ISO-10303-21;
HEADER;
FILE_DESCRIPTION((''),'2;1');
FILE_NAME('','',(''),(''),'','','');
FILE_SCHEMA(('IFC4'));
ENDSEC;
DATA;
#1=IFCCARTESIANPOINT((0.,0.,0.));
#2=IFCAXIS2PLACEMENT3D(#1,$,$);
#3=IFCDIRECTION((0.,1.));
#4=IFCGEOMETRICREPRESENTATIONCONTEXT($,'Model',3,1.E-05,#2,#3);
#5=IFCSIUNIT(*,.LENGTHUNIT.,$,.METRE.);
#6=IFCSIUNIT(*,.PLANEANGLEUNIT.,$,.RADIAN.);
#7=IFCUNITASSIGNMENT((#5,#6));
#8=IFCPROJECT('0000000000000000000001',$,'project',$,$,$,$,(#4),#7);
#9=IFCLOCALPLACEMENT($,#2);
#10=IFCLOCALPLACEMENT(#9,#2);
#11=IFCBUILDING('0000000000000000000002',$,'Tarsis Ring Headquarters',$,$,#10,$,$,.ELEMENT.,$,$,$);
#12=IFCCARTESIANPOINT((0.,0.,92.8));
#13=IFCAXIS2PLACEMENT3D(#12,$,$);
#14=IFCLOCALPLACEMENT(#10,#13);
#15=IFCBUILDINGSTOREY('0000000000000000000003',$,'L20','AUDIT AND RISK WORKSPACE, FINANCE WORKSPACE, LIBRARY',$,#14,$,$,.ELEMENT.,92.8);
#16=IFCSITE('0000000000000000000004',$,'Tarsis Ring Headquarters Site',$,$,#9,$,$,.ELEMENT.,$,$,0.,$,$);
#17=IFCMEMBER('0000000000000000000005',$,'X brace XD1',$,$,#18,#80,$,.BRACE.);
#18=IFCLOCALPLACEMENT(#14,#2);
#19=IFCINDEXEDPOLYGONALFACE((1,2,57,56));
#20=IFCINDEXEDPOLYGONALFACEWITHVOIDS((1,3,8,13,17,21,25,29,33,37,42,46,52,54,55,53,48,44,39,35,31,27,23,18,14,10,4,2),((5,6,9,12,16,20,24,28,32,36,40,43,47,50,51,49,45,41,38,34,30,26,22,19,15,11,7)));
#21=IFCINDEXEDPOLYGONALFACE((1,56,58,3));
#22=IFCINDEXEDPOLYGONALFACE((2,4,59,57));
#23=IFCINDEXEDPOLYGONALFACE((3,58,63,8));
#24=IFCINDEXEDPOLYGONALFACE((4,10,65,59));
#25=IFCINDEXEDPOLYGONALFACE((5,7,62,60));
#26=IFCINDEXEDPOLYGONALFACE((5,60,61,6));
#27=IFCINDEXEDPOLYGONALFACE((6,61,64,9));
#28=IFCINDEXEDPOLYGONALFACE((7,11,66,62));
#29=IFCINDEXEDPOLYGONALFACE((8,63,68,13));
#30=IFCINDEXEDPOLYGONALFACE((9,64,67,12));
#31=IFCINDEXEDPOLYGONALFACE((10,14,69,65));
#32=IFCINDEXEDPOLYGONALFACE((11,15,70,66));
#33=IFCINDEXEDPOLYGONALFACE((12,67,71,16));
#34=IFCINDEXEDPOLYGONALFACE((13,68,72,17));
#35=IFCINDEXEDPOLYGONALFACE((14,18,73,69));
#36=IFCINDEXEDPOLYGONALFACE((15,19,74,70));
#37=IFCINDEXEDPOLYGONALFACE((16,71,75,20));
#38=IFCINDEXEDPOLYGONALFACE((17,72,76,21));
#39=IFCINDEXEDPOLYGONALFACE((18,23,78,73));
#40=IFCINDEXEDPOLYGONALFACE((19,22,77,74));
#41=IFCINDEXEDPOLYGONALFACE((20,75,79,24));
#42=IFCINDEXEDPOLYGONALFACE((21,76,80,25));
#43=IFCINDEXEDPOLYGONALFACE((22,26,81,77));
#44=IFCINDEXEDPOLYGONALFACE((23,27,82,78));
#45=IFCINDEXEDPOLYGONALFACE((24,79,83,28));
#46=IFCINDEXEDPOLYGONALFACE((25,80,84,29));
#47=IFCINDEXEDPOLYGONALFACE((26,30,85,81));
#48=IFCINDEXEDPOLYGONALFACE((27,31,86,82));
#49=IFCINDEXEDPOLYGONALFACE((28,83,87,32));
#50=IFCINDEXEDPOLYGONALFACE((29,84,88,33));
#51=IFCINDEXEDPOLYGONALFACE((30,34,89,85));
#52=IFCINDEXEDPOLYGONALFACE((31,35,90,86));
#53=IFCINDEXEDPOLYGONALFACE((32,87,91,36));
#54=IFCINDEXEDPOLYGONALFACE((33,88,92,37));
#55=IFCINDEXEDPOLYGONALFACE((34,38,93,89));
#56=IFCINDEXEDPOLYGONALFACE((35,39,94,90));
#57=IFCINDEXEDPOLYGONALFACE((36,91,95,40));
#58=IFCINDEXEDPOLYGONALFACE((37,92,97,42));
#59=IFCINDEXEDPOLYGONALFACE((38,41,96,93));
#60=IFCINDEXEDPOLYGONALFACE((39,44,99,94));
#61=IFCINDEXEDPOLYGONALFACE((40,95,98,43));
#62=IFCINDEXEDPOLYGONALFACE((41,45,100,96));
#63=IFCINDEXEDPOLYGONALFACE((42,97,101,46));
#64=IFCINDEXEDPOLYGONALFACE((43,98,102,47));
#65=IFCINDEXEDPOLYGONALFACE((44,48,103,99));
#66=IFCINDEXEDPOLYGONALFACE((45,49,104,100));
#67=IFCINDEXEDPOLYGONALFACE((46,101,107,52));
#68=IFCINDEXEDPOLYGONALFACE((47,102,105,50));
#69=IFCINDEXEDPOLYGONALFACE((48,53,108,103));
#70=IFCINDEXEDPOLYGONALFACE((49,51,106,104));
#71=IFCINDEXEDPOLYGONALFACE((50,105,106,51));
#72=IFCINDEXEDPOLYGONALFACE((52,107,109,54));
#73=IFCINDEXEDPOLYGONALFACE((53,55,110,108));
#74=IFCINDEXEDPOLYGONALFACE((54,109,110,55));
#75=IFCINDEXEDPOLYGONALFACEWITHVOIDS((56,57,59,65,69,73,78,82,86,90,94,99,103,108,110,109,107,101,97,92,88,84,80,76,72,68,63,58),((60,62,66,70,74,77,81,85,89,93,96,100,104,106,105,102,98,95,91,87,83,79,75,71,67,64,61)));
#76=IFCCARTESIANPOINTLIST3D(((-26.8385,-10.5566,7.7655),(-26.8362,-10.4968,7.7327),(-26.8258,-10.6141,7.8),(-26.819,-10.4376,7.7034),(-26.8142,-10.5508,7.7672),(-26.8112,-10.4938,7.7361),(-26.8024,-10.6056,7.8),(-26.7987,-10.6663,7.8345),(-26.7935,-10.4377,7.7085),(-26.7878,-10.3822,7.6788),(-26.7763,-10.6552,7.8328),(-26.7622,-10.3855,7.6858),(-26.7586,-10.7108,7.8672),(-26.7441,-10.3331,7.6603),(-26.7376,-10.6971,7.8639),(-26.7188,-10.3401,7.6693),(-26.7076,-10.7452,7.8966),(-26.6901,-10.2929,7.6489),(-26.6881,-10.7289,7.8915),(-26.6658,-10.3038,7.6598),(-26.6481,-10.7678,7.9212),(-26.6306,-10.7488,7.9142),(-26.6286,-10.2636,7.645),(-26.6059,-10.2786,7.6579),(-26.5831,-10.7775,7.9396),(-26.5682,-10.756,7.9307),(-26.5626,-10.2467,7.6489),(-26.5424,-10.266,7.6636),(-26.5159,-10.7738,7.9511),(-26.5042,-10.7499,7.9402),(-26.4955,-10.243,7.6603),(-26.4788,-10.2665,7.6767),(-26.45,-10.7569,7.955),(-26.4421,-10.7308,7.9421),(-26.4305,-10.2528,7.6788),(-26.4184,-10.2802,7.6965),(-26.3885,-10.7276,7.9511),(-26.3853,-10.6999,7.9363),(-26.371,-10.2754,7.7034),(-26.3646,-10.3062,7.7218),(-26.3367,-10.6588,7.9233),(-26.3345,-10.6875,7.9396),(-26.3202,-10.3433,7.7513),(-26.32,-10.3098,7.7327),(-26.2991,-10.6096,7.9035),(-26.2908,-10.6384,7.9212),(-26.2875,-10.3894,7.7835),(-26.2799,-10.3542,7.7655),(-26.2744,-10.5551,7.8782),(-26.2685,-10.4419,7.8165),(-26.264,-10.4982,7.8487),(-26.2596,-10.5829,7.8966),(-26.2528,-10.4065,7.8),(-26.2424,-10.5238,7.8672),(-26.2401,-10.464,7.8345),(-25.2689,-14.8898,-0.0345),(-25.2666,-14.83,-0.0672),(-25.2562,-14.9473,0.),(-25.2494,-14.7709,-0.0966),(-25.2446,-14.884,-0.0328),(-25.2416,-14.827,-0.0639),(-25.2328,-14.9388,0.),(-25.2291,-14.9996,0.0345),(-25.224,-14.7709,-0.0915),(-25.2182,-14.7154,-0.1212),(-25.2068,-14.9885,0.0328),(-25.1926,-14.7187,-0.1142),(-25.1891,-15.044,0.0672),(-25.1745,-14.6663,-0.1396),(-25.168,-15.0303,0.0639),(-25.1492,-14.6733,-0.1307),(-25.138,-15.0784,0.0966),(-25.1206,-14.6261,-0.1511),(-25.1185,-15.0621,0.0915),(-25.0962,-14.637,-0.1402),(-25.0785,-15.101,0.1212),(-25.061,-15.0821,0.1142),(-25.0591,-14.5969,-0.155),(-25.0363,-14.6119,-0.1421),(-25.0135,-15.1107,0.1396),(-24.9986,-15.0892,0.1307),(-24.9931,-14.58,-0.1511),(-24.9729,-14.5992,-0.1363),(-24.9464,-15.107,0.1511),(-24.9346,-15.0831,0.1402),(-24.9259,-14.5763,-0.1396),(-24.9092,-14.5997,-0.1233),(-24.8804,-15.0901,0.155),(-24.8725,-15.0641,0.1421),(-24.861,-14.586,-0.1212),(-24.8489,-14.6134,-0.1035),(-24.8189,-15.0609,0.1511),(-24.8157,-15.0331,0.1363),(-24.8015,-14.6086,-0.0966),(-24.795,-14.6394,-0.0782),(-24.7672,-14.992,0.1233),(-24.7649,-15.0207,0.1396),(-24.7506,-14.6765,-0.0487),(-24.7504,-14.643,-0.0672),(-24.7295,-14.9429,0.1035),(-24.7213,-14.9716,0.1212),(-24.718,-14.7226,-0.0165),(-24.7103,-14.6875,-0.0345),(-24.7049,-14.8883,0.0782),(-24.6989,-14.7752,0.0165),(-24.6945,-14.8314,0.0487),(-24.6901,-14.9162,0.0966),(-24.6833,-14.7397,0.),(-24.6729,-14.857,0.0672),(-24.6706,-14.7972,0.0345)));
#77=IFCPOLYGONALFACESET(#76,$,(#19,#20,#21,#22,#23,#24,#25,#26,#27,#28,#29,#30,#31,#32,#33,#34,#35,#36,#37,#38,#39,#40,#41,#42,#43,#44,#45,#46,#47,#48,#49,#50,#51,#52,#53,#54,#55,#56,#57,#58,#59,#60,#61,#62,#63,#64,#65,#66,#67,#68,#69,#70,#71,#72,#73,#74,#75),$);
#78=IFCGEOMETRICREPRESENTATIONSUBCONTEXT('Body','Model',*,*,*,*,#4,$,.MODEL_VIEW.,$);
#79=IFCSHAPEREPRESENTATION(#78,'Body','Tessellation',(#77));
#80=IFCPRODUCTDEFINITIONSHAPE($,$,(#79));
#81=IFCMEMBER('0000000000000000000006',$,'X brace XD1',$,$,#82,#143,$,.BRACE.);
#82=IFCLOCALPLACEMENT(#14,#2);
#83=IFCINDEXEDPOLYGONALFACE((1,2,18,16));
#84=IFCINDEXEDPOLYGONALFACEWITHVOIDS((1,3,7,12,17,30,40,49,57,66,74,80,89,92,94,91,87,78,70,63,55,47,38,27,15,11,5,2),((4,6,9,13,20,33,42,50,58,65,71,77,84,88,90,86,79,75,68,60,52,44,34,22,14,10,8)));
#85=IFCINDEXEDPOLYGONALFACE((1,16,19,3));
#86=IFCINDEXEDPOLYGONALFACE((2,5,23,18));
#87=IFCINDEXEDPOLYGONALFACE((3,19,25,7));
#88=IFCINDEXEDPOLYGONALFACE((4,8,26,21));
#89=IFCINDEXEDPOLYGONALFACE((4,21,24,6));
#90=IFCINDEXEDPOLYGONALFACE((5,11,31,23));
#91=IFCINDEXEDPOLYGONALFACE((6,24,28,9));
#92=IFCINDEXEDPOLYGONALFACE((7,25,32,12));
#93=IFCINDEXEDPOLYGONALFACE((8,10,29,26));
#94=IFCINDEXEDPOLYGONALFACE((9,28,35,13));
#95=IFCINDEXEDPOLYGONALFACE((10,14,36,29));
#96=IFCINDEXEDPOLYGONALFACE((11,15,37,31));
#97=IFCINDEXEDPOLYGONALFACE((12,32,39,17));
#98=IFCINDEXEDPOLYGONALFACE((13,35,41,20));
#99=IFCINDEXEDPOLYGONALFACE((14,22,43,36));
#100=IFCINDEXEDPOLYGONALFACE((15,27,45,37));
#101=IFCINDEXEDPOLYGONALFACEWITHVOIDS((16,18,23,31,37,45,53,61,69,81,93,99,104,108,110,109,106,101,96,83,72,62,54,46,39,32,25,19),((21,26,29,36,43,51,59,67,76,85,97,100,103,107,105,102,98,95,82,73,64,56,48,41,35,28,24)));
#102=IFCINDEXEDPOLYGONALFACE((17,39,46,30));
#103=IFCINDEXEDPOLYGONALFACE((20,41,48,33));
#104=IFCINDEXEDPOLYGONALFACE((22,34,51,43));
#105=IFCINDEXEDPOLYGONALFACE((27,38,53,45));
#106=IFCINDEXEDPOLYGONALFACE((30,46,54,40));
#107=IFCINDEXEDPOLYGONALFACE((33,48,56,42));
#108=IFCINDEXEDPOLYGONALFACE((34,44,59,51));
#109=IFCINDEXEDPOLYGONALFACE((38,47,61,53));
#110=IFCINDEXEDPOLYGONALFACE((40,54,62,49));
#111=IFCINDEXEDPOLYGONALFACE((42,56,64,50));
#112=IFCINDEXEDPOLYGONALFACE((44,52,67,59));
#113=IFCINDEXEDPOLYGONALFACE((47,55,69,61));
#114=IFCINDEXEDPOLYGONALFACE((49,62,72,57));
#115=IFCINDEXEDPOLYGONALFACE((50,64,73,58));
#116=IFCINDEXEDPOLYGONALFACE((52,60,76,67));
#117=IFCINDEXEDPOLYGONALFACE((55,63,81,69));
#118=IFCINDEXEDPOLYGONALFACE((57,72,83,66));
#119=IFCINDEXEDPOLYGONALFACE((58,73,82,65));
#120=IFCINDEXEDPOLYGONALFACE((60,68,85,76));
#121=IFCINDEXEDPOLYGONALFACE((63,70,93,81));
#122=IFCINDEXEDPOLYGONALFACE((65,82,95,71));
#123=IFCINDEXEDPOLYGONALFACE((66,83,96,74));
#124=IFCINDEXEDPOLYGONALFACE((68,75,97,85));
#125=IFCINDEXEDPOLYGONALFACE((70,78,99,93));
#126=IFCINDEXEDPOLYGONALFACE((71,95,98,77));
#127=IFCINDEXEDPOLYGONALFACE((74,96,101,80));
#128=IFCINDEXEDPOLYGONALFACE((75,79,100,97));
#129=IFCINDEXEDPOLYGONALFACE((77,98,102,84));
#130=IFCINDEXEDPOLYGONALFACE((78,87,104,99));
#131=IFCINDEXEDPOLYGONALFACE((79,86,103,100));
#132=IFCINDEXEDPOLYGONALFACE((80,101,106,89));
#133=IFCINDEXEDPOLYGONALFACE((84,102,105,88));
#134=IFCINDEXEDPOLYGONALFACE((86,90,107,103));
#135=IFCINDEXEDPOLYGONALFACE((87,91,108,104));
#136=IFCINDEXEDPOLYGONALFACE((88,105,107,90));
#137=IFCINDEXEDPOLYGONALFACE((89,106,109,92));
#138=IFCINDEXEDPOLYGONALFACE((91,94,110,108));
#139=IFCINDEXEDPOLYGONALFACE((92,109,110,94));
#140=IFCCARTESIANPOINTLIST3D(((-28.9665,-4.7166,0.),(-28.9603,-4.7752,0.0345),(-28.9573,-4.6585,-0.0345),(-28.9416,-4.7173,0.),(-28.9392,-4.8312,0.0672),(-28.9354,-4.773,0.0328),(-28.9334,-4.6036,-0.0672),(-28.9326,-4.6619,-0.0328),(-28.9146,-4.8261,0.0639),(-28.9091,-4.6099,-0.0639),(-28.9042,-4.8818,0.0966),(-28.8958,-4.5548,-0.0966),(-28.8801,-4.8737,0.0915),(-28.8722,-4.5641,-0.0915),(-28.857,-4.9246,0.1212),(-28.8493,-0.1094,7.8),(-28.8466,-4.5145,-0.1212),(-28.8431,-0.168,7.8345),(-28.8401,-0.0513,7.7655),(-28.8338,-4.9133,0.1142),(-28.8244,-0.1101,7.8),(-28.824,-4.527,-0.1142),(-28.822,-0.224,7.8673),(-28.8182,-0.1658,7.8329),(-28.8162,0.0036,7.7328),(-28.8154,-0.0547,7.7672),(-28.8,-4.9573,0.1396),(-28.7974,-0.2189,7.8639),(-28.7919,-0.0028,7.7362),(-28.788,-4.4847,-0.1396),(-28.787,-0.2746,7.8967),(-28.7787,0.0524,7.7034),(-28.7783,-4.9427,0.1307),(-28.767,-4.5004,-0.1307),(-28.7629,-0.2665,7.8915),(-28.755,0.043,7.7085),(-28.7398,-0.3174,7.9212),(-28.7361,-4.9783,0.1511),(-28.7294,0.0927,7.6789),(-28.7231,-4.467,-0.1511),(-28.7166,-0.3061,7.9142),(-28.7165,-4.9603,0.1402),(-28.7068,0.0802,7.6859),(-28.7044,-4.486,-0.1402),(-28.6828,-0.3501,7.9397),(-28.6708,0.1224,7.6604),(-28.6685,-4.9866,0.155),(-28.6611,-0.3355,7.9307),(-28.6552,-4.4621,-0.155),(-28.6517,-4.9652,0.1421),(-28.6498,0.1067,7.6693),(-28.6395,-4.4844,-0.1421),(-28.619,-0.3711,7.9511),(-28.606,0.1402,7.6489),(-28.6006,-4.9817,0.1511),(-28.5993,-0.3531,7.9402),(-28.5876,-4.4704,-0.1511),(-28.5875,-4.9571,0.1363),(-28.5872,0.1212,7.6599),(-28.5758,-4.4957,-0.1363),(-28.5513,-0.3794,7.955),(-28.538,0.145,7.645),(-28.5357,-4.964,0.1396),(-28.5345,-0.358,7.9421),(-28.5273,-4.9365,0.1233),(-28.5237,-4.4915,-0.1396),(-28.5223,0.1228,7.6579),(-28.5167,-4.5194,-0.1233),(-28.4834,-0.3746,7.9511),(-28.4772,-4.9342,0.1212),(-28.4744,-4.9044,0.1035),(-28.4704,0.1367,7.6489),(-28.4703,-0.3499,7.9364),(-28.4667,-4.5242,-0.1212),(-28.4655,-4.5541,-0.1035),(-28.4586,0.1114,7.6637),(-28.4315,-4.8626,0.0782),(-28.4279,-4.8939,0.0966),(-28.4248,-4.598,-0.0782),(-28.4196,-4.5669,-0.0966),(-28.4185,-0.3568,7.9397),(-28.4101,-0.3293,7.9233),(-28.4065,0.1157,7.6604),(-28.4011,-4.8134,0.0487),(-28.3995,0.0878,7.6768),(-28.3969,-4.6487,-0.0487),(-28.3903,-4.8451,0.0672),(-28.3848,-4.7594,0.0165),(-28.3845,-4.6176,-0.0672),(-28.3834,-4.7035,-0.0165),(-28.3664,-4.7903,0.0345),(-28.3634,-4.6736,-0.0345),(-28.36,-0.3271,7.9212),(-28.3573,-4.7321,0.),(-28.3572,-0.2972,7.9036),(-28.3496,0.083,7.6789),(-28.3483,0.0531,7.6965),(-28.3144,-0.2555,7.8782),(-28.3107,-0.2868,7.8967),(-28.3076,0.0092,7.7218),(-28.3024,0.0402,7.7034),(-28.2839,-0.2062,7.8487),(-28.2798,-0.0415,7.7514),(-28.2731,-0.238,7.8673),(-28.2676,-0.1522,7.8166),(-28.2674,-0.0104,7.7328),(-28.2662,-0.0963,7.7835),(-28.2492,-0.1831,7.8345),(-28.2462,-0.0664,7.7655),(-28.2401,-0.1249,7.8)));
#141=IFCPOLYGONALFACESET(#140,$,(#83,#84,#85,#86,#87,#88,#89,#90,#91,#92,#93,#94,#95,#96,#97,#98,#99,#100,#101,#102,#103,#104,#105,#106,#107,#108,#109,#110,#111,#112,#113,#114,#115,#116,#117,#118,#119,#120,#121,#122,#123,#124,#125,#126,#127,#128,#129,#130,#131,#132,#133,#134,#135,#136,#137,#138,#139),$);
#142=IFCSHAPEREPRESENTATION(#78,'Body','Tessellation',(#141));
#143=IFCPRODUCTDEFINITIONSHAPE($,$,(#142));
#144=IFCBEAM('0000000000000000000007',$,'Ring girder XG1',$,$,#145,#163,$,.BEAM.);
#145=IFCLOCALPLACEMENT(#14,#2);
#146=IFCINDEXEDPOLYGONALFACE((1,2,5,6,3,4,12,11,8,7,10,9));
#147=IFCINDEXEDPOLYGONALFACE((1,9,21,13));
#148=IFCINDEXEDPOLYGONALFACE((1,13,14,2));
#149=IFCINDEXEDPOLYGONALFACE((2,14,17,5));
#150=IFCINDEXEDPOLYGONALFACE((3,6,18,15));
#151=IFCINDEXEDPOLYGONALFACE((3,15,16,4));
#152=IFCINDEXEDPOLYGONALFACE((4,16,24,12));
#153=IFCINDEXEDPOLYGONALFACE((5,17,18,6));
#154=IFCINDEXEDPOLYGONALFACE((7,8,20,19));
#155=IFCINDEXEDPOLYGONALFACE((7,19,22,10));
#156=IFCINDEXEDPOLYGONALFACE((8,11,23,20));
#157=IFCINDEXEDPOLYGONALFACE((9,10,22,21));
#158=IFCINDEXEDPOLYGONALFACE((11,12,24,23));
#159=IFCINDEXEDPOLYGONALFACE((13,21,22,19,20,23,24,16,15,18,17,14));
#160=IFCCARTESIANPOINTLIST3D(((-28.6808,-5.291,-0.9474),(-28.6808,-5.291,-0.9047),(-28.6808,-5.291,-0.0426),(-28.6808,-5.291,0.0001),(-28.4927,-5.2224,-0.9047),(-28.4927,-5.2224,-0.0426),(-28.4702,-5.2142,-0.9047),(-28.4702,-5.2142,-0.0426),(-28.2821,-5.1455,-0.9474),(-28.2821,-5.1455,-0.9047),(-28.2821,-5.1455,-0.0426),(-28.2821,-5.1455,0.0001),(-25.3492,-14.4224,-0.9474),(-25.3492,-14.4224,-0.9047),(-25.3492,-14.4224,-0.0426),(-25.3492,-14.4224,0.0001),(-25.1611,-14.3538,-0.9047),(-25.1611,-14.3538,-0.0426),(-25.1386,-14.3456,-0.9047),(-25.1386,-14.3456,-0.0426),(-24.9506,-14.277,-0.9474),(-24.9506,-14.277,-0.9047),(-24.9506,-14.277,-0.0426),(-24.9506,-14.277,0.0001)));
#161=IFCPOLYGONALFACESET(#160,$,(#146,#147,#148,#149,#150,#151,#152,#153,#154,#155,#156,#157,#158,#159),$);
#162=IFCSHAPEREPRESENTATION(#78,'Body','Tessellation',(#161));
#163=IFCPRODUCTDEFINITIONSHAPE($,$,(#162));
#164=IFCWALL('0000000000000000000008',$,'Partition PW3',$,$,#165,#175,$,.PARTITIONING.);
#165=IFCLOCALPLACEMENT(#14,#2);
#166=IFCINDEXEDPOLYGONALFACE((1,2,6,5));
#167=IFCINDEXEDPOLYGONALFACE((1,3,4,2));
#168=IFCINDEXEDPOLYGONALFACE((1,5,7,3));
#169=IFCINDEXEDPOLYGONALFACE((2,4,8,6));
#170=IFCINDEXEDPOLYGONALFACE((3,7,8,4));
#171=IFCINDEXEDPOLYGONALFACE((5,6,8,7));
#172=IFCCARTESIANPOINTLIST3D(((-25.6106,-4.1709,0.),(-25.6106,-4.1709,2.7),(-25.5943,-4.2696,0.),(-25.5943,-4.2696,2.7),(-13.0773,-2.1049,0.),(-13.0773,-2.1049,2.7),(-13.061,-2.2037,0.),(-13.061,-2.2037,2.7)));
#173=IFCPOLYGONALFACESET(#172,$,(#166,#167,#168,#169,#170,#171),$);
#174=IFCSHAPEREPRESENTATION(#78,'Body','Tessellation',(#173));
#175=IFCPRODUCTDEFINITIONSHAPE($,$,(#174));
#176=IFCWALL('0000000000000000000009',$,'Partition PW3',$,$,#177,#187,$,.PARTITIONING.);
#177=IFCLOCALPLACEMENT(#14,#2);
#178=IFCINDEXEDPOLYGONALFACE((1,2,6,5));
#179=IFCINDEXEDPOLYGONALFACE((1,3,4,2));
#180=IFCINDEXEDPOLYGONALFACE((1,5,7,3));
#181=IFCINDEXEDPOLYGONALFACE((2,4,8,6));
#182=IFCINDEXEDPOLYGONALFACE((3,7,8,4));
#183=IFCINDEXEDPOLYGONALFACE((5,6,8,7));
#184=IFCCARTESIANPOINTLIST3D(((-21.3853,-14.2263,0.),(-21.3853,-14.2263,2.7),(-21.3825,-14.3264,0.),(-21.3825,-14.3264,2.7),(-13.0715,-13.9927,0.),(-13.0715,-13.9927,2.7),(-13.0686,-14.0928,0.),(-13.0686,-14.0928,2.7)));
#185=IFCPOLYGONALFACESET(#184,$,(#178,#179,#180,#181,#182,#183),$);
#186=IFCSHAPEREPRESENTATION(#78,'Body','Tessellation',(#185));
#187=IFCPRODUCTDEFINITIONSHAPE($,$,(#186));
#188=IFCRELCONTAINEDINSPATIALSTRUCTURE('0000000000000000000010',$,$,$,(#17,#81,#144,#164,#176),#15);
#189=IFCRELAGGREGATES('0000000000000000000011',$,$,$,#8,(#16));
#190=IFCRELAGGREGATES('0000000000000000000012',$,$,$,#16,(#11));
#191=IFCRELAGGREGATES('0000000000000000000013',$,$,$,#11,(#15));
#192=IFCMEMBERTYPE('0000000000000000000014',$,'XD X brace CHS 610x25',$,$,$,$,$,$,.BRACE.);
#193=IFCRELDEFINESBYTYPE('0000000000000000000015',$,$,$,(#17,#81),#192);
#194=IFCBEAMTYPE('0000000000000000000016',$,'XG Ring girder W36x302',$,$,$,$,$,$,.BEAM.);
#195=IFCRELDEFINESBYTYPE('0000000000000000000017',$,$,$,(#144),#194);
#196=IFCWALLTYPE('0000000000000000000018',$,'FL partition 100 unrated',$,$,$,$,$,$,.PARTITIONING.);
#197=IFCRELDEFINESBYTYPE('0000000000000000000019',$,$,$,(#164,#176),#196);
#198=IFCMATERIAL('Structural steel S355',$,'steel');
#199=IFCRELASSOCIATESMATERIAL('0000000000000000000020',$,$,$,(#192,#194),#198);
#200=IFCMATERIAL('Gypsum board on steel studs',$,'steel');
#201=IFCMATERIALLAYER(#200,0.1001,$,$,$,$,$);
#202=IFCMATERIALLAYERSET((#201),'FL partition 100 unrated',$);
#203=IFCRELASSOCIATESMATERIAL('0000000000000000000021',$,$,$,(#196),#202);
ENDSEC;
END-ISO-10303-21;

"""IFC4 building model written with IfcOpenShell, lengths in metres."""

from ifc_helpers import new_model, si_unit, direction, frame, frame_2d, origin, origin_2d, place, context, subcontext, project, spatial, rectangle, hollow_circle, i_section, extrude, material, layer, layer_set, material_profile, profile_set, type_object, element, save


model = new_model("IFC4")

# Units and contexts
model_context = context("Model", 3, precision=1e-05, world=origin(), true_north=direction((0.0, 1.0)))
body_context = subcontext(model_context, "Body", "Model", "MODEL_VIEW")
ifc_project = project(units=[si_unit("LENGTHUNIT", "METRE"), si_unit("PLANEANGLEUNIT", "RADIAN")], contexts=[model_context])

# Site, building, storey
site_placement = place(None, origin())
site = spatial("IfcSite", under=ifc_project, at=site_placement, Name="Tarsis Ring Headquarters Site", CompositionType="ELEMENT", RefElevation=0.0)
building_placement = place(site_placement, origin())
building = spatial("IfcBuilding", under=site, at=building_placement, Name="Tarsis Ring Headquarters", CompositionType="ELEMENT")
storey_placement = place(building_placement, frame((0.0, 0.0, 92.8)))
storey = spatial("IfcBuildingStorey", under=building, at=storey_placement, Name="L20", Description="AUDIT AND RISK WORKSPACE, FINANCE WORKSPACE, LIBRARY", CompositionType="ELEMENT", Elevation=92.8)

# Shared definitions
ifc_material_1 = material(Name="Structural steel S355", Category="steel")

# Shared definitions
ifc_material_profile_1 = material_profile(ifc_material_1, i_section(OverallWidth=0.4243, OverallDepth=0.9475, WebThickness=0.0239, FlangeThickness=0.0427, at=origin_2d()), Name="W36x302")
ifc_profile_set_1 = profile_set([ifc_material_profile_1], Name="Structural steel S355")

# Members
ifc_material_profile_2 = material_profile(ifc_material_1, hollow_circle(Radius=0.3047, WallThickness=0.0249, at=origin_2d()), Name="CHS 610x25")
ifc_profile_set_2 = profile_set([ifc_material_profile_2], Name="Structural steel S355")
member_type = type_object("IfcMemberType", Name="XD X brace CHS 610x25", PredefinedType="BRACE", material=ifc_profile_set_2)
for number, where, z_axis, x_axis, name in (
    (1, (-24.9697, -14.8435, 0.0), (-0.173245, 0.47829, 0.860944), (-0.940221, -0.340565, 0.0), "X brace XD1"),
    (2, (-28.6619, -4.7244, 0.0), (0.012935, 0.508528, 0.860948), (-0.999677, 0.025428, 0.0), "X brace XD1"),
):
    element("IfcMember", number, at=place(storey_placement, frame(where, z_axis=z_axis, x_axis=x_axis)), inside=storey, type_object=member_type, Name=name, PredefinedType="BRACE", context=body_context, shape_type="SweptSolid", body=[
        extrude(hollow_circle(Radius=0.3047, WallThickness=0.0249, at=origin_2d()), origin(), (0.0, 0.0, 1.0), 9.0598),
    ])

# Beam
beam_type_1 = type_object("IfcBeamType", Name="XG Ring girder W36x302", PredefinedType="BEAM", material=ifc_profile_set_1)
beam_1_placement = place(storey_placement, frame((-28.4814, -5.2183, -0.4736), z_axis=(0.342747, -0.939428, 0.0), x_axis=(0.939428, 0.342747, 0.0)))
element("IfcBeam", 3, at=beam_1_placement, inside=storey, type_object=beam_type_1, Name="Ring girder XG1", PredefinedType="BEAM", context=body_context, shape_type="SweptSolid", body=[
    extrude(i_section(OverallWidth=0.4243, OverallDepth=0.9475, WebThickness=0.0239, FlangeThickness=0.0427, at=origin_2d()), origin(), (0.0, 0.0, 1.0), 9.7202),
])

# Walls
ifc_material_2 = material(Name="Gypsum board on steel studs", Category="steel")
ifc_layer_1 = layer(ifc_material_2, 0.1001)
ifc_layer_set_1 = layer_set([ifc_layer_1], Name="FL partition 100 unrated")
wall_type_1 = type_object("IfcWallType", Name="FL partition 100 unrated", PredefinedType="PARTITIONING", material=ifc_layer_set_1)
wall_1_placement = place(storey_placement, frame((-25.6023, -4.2202, 0.0), z_axis=(0.0, 0.0, 1.0), x_axis=(0.986685, 0.162641, 0.0)))
element("IfcWall", 4, at=wall_1_placement, inside=storey, type_object=wall_type_1, Name="Partition PW3", PredefinedType="PARTITIONING", context=body_context, shape_type="SweptSolid", body=[
    extrude(rectangle(XDim=12.7024, YDim=0.1001, at=frame_2d((6.3511, 0.0))), origin(), (0.0, 0.0, 1.0), 2.7),
])
wall_2_placement = place(storey_placement, frame((-21.384, -14.2764, 0.0), z_axis=(0.0, 0.0, 1.0), x_axis=(0.999605, 0.028091, 0.0)))
element("IfcWall", 5, at=wall_2_placement, inside=storey, type_object=wall_type_1, Name="Partition PW3", PredefinedType="PARTITIONING", context=body_context, shape_type="SweptSolid", body=[
    extrude(rectangle(XDim=8.3171, YDim=0.1001, at=frame_2d((4.1587, 0.0))), origin(), (0.0, 0.0, 1.0), 2.7),
])

save(model, "model.ifc")
